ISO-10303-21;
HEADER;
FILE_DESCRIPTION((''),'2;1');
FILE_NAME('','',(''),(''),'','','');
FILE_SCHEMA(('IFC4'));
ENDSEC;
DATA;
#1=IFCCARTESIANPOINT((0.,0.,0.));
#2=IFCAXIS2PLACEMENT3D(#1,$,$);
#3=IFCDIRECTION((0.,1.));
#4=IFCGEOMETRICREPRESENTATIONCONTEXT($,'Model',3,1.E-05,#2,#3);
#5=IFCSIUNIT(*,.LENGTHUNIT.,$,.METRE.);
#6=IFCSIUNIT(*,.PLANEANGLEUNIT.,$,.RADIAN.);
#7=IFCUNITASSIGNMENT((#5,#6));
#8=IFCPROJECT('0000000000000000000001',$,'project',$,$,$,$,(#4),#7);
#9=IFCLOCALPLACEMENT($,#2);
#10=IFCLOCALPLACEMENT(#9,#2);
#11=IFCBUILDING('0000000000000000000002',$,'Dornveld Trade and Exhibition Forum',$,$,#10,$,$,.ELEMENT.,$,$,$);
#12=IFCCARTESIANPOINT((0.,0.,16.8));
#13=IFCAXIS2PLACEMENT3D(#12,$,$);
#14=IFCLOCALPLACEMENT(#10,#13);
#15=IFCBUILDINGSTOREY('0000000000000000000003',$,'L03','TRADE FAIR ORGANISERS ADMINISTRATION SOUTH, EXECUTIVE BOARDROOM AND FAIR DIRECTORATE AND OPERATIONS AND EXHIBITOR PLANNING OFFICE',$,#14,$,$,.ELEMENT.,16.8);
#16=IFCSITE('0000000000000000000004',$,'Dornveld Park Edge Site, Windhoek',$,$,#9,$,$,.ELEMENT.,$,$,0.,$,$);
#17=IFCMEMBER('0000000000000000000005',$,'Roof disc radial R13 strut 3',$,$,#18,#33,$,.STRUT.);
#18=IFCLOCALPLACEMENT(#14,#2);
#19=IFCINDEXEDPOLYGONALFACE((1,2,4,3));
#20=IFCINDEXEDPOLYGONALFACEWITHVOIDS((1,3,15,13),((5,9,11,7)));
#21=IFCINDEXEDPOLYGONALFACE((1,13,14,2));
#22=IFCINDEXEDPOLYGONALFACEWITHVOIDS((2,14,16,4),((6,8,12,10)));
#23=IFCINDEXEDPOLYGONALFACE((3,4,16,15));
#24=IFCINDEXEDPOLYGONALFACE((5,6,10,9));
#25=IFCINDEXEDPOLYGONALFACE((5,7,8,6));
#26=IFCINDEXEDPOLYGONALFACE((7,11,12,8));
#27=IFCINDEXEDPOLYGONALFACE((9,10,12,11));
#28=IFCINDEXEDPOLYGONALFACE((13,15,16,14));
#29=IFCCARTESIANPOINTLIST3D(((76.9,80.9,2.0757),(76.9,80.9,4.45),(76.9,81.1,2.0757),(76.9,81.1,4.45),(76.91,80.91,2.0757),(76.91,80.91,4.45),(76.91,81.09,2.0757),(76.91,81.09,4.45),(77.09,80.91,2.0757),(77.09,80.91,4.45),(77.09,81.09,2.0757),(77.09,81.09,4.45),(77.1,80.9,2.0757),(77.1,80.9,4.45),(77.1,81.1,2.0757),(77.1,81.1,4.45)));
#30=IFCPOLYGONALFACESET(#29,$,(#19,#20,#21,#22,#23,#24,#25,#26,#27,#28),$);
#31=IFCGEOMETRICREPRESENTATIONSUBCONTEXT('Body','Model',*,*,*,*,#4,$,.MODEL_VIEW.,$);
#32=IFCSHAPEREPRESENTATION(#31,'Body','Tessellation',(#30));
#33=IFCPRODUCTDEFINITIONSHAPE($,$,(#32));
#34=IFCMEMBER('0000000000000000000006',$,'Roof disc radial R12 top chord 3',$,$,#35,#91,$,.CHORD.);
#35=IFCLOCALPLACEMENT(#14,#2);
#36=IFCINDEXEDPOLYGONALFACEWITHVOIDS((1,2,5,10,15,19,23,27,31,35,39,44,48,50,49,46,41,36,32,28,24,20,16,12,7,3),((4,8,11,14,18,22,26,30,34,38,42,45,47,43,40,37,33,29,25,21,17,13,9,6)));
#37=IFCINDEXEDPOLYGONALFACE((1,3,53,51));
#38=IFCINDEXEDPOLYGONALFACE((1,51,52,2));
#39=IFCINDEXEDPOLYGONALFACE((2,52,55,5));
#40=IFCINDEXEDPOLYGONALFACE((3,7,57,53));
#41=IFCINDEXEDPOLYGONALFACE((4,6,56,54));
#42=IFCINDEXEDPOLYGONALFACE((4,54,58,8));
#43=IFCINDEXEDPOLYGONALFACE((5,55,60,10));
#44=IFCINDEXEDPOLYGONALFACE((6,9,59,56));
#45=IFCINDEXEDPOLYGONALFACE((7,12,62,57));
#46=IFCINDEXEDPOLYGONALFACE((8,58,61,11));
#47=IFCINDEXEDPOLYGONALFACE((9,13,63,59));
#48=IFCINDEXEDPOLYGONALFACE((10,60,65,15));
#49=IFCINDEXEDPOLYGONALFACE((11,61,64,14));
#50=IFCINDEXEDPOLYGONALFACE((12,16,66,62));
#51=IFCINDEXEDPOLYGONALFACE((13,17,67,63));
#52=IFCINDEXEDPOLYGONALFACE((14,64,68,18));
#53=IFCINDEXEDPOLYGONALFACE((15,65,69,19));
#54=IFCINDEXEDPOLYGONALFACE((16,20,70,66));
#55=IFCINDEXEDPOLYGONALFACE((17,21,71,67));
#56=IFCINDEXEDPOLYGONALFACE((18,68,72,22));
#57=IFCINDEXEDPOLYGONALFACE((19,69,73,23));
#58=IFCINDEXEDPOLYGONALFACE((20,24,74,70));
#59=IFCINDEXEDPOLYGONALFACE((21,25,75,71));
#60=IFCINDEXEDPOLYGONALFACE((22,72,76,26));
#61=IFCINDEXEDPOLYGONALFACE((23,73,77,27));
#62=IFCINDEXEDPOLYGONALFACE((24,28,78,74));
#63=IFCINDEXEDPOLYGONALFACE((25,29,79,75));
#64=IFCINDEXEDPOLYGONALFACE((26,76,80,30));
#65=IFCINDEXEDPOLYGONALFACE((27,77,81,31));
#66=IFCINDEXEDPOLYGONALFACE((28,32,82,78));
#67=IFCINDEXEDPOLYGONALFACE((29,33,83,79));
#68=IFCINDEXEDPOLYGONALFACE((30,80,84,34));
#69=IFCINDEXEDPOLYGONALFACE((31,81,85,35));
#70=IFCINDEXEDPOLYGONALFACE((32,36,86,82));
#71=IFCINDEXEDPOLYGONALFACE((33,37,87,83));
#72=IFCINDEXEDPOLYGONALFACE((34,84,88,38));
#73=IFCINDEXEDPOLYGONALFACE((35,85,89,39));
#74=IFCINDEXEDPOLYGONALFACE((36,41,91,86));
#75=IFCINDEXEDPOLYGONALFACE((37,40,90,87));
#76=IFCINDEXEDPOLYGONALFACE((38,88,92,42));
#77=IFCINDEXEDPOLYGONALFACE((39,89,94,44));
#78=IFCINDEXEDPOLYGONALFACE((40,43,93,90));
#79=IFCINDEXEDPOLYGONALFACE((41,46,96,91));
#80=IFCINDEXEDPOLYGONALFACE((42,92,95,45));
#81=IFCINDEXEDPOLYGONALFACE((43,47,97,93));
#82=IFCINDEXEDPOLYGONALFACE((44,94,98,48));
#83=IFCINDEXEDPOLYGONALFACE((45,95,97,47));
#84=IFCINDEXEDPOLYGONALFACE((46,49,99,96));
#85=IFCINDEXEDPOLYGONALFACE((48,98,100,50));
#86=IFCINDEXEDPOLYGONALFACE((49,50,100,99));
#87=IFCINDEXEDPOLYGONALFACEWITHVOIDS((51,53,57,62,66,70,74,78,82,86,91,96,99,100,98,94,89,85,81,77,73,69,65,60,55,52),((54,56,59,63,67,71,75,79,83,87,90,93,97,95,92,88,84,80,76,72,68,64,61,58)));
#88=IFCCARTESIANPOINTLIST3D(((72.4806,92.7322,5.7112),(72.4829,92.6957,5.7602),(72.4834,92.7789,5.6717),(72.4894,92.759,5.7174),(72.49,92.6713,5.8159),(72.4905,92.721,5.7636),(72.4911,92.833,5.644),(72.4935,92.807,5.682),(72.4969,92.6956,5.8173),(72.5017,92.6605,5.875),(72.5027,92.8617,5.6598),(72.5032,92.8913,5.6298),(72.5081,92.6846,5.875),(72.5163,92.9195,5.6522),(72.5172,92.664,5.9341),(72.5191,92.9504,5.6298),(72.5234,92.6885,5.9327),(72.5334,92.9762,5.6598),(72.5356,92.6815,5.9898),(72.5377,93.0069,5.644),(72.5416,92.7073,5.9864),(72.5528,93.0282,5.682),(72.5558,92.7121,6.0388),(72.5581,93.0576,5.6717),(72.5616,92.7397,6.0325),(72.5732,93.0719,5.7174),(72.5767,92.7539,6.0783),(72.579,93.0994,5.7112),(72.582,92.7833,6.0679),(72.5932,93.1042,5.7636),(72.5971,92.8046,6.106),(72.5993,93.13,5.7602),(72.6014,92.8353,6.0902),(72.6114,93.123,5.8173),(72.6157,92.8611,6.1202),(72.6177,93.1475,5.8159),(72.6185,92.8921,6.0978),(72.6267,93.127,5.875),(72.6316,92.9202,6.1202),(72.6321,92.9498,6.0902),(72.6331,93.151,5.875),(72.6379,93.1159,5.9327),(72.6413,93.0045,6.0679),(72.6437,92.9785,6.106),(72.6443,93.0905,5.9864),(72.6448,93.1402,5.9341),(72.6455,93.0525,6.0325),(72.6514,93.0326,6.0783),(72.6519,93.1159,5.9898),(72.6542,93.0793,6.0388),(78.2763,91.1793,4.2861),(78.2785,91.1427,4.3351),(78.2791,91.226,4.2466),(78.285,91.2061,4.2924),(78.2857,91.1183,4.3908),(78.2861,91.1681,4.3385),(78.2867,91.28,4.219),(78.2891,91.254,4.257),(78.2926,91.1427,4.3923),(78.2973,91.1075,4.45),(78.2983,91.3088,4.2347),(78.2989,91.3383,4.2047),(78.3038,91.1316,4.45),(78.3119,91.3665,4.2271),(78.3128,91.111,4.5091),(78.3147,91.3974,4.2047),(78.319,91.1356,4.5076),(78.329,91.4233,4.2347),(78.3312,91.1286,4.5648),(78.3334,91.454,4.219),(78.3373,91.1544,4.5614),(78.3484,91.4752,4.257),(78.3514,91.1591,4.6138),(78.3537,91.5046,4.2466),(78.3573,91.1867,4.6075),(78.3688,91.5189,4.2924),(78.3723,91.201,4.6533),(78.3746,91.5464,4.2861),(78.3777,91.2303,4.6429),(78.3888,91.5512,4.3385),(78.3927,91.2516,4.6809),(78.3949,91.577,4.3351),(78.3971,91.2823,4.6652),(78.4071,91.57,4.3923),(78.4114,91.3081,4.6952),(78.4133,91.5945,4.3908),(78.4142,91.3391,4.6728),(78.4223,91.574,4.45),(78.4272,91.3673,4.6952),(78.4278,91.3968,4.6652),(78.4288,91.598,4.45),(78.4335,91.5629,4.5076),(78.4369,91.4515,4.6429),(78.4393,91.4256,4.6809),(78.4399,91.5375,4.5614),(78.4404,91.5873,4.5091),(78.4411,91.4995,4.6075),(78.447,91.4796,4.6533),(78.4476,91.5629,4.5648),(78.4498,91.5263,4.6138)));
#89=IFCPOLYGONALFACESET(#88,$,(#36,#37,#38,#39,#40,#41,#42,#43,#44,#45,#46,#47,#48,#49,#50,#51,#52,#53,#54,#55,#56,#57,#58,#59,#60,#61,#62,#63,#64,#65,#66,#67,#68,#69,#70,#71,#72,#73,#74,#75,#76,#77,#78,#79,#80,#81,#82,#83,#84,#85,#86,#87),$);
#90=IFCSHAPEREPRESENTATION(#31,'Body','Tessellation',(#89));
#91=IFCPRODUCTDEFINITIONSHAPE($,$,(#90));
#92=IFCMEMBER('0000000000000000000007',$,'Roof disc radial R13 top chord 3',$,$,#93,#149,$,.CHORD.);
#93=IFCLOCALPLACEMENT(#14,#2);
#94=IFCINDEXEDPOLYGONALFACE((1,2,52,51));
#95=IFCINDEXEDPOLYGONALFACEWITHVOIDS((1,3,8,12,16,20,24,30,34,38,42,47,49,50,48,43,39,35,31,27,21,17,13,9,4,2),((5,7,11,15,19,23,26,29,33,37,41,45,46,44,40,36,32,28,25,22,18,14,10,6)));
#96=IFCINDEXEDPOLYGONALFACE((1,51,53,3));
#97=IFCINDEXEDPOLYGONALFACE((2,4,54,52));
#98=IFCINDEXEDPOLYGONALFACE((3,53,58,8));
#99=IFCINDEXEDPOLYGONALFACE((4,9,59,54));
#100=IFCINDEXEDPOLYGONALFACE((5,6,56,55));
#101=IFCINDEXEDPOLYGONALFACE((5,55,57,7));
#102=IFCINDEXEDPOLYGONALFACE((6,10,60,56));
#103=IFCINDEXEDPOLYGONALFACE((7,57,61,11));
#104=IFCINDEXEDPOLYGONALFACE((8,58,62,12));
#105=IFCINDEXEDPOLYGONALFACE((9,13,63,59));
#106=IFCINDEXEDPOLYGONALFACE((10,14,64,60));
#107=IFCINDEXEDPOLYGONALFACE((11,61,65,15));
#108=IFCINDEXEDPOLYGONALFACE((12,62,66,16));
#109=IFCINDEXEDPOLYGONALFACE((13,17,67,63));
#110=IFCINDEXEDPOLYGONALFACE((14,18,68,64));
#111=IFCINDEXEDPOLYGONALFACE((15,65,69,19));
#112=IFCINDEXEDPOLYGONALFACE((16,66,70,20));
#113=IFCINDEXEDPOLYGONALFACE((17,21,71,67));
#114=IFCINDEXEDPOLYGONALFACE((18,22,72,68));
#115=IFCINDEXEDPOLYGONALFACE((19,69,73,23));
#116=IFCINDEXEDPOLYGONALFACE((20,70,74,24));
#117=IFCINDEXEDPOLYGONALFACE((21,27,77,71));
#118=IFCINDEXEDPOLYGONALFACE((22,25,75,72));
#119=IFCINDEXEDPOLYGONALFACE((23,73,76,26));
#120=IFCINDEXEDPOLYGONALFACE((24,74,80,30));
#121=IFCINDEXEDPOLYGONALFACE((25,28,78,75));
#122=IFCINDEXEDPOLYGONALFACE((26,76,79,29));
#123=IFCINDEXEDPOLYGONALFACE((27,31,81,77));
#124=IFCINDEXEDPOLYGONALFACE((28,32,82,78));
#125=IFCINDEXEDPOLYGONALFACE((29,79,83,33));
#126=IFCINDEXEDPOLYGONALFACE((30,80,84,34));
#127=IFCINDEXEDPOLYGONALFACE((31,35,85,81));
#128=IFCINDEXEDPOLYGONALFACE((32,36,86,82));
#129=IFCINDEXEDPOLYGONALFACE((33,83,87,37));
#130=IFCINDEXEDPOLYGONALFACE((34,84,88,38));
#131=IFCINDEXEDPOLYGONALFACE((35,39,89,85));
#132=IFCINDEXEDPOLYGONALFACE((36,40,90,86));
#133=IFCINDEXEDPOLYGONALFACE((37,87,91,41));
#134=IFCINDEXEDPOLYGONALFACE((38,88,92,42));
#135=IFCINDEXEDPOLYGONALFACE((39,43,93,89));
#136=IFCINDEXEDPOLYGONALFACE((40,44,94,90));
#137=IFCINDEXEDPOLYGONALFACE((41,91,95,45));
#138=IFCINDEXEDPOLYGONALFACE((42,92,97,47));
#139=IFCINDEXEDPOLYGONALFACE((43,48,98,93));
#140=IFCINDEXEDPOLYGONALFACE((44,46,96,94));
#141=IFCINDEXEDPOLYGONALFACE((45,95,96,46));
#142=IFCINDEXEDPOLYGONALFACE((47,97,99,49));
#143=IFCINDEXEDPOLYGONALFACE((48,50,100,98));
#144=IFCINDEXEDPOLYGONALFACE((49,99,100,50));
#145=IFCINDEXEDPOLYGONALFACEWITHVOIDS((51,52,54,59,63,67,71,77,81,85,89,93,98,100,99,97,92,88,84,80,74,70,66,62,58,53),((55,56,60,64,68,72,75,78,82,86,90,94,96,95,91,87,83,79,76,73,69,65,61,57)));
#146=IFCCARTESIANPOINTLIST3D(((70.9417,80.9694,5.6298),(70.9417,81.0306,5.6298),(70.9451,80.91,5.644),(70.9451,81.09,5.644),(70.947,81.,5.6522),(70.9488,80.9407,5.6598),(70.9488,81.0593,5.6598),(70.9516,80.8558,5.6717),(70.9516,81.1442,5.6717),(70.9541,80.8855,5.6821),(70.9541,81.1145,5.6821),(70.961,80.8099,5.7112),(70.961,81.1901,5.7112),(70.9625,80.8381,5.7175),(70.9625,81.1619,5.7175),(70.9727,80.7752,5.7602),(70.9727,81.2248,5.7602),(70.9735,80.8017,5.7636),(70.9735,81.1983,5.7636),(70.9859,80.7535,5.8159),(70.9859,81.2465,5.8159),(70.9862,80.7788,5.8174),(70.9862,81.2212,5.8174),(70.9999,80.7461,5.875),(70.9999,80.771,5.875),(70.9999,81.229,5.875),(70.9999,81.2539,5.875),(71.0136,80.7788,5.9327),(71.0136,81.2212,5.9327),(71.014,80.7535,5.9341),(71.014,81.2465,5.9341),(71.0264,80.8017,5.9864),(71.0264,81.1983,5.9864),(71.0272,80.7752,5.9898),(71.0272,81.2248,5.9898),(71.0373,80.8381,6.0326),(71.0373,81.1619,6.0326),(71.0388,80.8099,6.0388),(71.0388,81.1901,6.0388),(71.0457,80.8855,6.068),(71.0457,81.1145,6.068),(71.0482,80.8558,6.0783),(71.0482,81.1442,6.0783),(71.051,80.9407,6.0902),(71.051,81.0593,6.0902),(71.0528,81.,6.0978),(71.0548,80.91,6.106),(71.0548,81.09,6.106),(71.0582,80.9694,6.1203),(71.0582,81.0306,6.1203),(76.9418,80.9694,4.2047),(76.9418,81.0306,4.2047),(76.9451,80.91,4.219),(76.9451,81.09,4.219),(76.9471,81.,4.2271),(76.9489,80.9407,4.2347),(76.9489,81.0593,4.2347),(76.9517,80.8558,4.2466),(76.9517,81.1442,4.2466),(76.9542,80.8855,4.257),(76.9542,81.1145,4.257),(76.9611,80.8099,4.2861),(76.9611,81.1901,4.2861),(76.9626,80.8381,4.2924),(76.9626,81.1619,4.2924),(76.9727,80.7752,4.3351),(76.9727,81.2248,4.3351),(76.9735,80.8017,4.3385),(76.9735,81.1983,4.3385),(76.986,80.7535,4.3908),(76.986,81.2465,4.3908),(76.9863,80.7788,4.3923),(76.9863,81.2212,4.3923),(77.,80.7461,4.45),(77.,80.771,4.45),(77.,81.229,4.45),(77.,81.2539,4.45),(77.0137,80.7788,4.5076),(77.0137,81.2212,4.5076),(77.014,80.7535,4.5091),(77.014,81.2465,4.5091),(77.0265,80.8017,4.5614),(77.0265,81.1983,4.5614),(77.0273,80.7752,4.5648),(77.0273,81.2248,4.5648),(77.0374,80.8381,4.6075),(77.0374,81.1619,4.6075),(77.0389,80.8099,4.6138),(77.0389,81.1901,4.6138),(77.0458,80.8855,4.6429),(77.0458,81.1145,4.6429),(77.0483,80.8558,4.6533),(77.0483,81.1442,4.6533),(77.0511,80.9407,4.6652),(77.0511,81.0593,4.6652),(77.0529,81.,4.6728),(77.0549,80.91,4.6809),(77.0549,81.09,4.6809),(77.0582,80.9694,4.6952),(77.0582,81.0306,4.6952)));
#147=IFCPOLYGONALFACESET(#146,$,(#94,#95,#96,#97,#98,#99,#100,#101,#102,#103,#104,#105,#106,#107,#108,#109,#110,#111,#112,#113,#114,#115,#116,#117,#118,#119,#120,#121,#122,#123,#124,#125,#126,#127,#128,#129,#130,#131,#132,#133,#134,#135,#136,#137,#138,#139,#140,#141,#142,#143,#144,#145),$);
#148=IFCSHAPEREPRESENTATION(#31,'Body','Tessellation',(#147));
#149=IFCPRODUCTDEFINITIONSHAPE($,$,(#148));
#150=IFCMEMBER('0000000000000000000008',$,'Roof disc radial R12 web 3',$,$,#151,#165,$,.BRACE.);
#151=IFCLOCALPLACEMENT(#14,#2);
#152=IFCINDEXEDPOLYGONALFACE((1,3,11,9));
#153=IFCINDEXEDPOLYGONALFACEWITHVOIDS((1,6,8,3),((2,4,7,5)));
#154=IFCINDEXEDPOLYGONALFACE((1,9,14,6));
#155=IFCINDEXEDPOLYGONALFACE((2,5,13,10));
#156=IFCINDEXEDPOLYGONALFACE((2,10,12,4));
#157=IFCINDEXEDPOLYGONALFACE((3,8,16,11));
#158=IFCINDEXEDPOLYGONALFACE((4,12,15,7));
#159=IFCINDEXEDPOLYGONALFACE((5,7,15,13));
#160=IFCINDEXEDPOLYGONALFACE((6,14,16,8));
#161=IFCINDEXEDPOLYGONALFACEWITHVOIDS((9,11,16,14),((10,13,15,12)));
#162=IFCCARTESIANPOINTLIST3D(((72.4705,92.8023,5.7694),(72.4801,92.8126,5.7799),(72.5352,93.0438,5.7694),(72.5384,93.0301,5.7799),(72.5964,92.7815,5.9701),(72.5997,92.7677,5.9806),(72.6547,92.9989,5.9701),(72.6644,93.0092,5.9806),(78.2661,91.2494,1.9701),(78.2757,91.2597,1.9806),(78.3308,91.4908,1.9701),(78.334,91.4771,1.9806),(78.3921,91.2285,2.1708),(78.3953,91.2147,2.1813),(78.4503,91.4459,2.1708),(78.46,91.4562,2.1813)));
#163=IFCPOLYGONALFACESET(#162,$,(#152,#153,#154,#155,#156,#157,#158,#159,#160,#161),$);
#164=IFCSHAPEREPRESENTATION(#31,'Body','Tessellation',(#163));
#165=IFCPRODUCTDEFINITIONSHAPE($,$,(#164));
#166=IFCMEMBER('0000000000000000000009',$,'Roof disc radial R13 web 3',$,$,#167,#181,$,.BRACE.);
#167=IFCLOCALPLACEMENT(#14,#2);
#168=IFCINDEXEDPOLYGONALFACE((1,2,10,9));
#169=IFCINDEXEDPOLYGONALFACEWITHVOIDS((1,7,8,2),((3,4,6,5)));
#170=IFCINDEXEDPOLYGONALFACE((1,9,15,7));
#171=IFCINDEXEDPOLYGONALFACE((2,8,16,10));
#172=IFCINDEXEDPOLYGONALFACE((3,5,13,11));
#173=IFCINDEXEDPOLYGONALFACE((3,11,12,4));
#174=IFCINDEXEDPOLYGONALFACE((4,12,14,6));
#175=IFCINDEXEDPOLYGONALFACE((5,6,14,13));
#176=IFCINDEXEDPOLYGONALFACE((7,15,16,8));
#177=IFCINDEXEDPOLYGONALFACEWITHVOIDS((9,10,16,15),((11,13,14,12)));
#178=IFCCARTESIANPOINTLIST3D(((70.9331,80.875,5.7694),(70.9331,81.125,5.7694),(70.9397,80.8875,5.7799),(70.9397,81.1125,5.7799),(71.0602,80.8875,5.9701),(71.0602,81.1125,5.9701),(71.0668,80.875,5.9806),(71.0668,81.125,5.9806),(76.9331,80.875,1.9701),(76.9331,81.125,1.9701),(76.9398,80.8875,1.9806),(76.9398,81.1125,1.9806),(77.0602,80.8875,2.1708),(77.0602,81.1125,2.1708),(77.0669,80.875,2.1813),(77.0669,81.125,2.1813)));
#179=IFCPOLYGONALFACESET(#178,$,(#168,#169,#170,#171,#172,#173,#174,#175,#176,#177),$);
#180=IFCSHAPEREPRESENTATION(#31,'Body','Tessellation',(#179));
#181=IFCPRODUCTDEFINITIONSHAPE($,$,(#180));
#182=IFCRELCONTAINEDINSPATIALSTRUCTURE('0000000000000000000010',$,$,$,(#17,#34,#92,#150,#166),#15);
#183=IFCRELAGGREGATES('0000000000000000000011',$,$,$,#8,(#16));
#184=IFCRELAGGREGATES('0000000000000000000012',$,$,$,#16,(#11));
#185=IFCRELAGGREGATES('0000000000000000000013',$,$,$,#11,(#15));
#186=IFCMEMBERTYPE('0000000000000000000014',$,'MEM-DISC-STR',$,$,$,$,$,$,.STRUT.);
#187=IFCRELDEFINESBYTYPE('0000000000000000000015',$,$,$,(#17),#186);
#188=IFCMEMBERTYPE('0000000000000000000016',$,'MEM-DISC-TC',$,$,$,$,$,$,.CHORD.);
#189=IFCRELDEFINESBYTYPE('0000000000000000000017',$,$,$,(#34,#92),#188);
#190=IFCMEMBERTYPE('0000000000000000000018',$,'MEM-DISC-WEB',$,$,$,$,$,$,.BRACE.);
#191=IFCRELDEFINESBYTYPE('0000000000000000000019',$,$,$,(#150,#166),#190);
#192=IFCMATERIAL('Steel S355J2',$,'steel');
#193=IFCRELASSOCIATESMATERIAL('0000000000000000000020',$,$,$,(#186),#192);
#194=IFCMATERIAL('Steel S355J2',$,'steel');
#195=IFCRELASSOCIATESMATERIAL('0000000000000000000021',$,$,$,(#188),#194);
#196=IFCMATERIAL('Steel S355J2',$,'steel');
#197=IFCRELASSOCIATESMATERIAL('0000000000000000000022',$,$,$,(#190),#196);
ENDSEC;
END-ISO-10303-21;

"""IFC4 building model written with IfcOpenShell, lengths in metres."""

from ifc_helpers import new_model, si_unit, direction, frame, origin, origin_2d, place, context, subcontext, project, spatial, hollow_rectangle, hollow_circle, extrude, material, material_profile, profile_set, type_object, element, save


model = new_model("IFC4")

# Units and contexts
model_context = context("Model", 3, precision=1e-05, world=origin(), true_north=direction((0.0, 1.0)))
body_context = subcontext(model_context, "Body", "Model", "MODEL_VIEW")
ifc_project = project(units=[si_unit("LENGTHUNIT", "METRE"), si_unit("PLANEANGLEUNIT", "RADIAN")], contexts=[model_context])

# Site, building, storey
site_placement = place(None, origin())
site = spatial("IfcSite", under=ifc_project, at=site_placement, Name="Dornveld Park Edge Site, Windhoek", CompositionType="ELEMENT", RefElevation=0.0)
building_placement = place(site_placement, origin())
building = spatial("IfcBuilding", under=site, at=building_placement, Name="Dornveld Trade and Exhibition Forum", CompositionType="ELEMENT")
storey_placement = place(building_placement, frame((0.0, 0.0, 16.8)))
storey = spatial("IfcBuildingStorey", under=building, at=storey_placement, Name="L03", Description="TRADE FAIR ORGANISERS ADMINISTRATION SOUTH, EXECUTIVE BOARDROOM AND FAIR DIRECTORATE AND OPERATIONS AND EXHIBITOR PLANNING OFFICE", CompositionType="ELEMENT", Elevation=16.8)

# Members
ifc_material_1 = material(Name="Steel S355J2", Category="steel")
ifc_material_profile_1 = material_profile(ifc_material_1, hollow_rectangle(XDim=0.2, YDim=0.2, WallThickness=0.01, at=origin_2d()), Name="SHS 200x200x10")
ifc_profile_set_1 = profile_set([ifc_material_profile_1], Name="Steel S355J2")
member_type_1 = type_object("IfcMemberType", Name="MEM-DISC-STR", PredefinedType="STRUT", material=ifc_profile_set_1)
for number, where, z_axis, x_axis, name in (
    (1, (77.0, 81.0, 2.0757), (0.0, 0.0, 1.0), (1.0, 0.0, 0.0), "Roof disc radial R13 strut 3"),
):
    element("IfcMember", number, at=place(storey_placement, frame(where, z_axis=z_axis, x_axis=x_axis)), inside=storey, type_object=member_type_1, Name=name, PredefinedType="STRUT", context=body_context, shape_type="SweptSolid", body=[
        extrude(hollow_rectangle(XDim=0.2, YDim=0.2, WallThickness=0.01, at=origin_2d()), origin(), (0.0, 0.0, 1.0), 2.3743),
    ])
ifc_material_2 = material(Name="Steel S355J2", Category="steel")
ifc_material_profile_2 = material_profile(ifc_material_2, hollow_circle(Radius=0.2539, WallThickness=0.0249, at=origin_2d()), Name="CHS 508x25")
ifc_profile_set_2 = profile_set([ifc_material_profile_2], Name="Steel S355J2")
member_type_2 = type_object("IfcMemberType", Name="MEM-DISC-TC", PredefinedType="CHORD", material=ifc_profile_set_2)
for number, where, z_axis, x_axis, name in (
    (2, (78.363, 91.3528, 4.45), (-0.939782, 0.25182, 0.231076), (-0.258825, -0.965924, 0.0), "Roof disc radial R12 top chord 3"),
    (3, (77.0, 81.0, 4.45), (-0.972935, 0.0, 0.23108), (0.0, -1.0, 0.0), "Roof disc radial R13 top chord 3"),
):
    element("IfcMember", number, at=place(storey_placement, frame(where, z_axis=z_axis, x_axis=x_axis)), inside=storey, type_object=member_type_2, Name=name, PredefinedType="CHORD", context=body_context, shape_type="SweptSolid", body=[
        extrude(hollow_circle(Radius=0.2539, WallThickness=0.0249, at=origin_2d()), origin(), (0.0, 0.0, 1.0), 6.167),
    ])
ifc_material_3 = material(Name="Steel S355J2", Category="steel")
ifc_material_profile_3 = material_profile(ifc_material_3, hollow_rectangle(XDim=0.25, YDim=0.25, WallThickness=0.0125, at=origin_2d()), Name="SHS 250x250x12.5")
ifc_profile_set_3 = profile_set([ifc_material_profile_3], Name="Steel S355J2")
member_type_3 = type_object("IfcMemberType", Name="MEM-DISC-WEB", PredefinedType="BRACE", material=ifc_profile_set_3)
for number, where, z_axis, x_axis, name in (
    (4, (78.363, 91.3528, 2.0757), (-0.816078, 0.218673, 0.534976), (-0.258825, -0.965924, 0.0), "Roof disc radial R12 web 3"),
    (5, (77.0, 81.0, 2.0757), (-0.844863, 0.0, 0.534983), (0.0, -1.0, 0.0), "Roof disc radial R13 web 3"),
):
    element("IfcMember", number, at=place(storey_placement, frame(where, z_axis=z_axis, x_axis=x_axis)), inside=storey, type_object=member_type_3, Name=name, PredefinedType="BRACE", context=body_context, shape_type="SweptSolid", body=[
        extrude(hollow_rectangle(XDim=0.25, YDim=0.25, WallThickness=0.0125, at=origin_2d()), origin(), (0.0, 0.0, 1.0), 7.1018),
    ])

save(model, "model.ifc")
